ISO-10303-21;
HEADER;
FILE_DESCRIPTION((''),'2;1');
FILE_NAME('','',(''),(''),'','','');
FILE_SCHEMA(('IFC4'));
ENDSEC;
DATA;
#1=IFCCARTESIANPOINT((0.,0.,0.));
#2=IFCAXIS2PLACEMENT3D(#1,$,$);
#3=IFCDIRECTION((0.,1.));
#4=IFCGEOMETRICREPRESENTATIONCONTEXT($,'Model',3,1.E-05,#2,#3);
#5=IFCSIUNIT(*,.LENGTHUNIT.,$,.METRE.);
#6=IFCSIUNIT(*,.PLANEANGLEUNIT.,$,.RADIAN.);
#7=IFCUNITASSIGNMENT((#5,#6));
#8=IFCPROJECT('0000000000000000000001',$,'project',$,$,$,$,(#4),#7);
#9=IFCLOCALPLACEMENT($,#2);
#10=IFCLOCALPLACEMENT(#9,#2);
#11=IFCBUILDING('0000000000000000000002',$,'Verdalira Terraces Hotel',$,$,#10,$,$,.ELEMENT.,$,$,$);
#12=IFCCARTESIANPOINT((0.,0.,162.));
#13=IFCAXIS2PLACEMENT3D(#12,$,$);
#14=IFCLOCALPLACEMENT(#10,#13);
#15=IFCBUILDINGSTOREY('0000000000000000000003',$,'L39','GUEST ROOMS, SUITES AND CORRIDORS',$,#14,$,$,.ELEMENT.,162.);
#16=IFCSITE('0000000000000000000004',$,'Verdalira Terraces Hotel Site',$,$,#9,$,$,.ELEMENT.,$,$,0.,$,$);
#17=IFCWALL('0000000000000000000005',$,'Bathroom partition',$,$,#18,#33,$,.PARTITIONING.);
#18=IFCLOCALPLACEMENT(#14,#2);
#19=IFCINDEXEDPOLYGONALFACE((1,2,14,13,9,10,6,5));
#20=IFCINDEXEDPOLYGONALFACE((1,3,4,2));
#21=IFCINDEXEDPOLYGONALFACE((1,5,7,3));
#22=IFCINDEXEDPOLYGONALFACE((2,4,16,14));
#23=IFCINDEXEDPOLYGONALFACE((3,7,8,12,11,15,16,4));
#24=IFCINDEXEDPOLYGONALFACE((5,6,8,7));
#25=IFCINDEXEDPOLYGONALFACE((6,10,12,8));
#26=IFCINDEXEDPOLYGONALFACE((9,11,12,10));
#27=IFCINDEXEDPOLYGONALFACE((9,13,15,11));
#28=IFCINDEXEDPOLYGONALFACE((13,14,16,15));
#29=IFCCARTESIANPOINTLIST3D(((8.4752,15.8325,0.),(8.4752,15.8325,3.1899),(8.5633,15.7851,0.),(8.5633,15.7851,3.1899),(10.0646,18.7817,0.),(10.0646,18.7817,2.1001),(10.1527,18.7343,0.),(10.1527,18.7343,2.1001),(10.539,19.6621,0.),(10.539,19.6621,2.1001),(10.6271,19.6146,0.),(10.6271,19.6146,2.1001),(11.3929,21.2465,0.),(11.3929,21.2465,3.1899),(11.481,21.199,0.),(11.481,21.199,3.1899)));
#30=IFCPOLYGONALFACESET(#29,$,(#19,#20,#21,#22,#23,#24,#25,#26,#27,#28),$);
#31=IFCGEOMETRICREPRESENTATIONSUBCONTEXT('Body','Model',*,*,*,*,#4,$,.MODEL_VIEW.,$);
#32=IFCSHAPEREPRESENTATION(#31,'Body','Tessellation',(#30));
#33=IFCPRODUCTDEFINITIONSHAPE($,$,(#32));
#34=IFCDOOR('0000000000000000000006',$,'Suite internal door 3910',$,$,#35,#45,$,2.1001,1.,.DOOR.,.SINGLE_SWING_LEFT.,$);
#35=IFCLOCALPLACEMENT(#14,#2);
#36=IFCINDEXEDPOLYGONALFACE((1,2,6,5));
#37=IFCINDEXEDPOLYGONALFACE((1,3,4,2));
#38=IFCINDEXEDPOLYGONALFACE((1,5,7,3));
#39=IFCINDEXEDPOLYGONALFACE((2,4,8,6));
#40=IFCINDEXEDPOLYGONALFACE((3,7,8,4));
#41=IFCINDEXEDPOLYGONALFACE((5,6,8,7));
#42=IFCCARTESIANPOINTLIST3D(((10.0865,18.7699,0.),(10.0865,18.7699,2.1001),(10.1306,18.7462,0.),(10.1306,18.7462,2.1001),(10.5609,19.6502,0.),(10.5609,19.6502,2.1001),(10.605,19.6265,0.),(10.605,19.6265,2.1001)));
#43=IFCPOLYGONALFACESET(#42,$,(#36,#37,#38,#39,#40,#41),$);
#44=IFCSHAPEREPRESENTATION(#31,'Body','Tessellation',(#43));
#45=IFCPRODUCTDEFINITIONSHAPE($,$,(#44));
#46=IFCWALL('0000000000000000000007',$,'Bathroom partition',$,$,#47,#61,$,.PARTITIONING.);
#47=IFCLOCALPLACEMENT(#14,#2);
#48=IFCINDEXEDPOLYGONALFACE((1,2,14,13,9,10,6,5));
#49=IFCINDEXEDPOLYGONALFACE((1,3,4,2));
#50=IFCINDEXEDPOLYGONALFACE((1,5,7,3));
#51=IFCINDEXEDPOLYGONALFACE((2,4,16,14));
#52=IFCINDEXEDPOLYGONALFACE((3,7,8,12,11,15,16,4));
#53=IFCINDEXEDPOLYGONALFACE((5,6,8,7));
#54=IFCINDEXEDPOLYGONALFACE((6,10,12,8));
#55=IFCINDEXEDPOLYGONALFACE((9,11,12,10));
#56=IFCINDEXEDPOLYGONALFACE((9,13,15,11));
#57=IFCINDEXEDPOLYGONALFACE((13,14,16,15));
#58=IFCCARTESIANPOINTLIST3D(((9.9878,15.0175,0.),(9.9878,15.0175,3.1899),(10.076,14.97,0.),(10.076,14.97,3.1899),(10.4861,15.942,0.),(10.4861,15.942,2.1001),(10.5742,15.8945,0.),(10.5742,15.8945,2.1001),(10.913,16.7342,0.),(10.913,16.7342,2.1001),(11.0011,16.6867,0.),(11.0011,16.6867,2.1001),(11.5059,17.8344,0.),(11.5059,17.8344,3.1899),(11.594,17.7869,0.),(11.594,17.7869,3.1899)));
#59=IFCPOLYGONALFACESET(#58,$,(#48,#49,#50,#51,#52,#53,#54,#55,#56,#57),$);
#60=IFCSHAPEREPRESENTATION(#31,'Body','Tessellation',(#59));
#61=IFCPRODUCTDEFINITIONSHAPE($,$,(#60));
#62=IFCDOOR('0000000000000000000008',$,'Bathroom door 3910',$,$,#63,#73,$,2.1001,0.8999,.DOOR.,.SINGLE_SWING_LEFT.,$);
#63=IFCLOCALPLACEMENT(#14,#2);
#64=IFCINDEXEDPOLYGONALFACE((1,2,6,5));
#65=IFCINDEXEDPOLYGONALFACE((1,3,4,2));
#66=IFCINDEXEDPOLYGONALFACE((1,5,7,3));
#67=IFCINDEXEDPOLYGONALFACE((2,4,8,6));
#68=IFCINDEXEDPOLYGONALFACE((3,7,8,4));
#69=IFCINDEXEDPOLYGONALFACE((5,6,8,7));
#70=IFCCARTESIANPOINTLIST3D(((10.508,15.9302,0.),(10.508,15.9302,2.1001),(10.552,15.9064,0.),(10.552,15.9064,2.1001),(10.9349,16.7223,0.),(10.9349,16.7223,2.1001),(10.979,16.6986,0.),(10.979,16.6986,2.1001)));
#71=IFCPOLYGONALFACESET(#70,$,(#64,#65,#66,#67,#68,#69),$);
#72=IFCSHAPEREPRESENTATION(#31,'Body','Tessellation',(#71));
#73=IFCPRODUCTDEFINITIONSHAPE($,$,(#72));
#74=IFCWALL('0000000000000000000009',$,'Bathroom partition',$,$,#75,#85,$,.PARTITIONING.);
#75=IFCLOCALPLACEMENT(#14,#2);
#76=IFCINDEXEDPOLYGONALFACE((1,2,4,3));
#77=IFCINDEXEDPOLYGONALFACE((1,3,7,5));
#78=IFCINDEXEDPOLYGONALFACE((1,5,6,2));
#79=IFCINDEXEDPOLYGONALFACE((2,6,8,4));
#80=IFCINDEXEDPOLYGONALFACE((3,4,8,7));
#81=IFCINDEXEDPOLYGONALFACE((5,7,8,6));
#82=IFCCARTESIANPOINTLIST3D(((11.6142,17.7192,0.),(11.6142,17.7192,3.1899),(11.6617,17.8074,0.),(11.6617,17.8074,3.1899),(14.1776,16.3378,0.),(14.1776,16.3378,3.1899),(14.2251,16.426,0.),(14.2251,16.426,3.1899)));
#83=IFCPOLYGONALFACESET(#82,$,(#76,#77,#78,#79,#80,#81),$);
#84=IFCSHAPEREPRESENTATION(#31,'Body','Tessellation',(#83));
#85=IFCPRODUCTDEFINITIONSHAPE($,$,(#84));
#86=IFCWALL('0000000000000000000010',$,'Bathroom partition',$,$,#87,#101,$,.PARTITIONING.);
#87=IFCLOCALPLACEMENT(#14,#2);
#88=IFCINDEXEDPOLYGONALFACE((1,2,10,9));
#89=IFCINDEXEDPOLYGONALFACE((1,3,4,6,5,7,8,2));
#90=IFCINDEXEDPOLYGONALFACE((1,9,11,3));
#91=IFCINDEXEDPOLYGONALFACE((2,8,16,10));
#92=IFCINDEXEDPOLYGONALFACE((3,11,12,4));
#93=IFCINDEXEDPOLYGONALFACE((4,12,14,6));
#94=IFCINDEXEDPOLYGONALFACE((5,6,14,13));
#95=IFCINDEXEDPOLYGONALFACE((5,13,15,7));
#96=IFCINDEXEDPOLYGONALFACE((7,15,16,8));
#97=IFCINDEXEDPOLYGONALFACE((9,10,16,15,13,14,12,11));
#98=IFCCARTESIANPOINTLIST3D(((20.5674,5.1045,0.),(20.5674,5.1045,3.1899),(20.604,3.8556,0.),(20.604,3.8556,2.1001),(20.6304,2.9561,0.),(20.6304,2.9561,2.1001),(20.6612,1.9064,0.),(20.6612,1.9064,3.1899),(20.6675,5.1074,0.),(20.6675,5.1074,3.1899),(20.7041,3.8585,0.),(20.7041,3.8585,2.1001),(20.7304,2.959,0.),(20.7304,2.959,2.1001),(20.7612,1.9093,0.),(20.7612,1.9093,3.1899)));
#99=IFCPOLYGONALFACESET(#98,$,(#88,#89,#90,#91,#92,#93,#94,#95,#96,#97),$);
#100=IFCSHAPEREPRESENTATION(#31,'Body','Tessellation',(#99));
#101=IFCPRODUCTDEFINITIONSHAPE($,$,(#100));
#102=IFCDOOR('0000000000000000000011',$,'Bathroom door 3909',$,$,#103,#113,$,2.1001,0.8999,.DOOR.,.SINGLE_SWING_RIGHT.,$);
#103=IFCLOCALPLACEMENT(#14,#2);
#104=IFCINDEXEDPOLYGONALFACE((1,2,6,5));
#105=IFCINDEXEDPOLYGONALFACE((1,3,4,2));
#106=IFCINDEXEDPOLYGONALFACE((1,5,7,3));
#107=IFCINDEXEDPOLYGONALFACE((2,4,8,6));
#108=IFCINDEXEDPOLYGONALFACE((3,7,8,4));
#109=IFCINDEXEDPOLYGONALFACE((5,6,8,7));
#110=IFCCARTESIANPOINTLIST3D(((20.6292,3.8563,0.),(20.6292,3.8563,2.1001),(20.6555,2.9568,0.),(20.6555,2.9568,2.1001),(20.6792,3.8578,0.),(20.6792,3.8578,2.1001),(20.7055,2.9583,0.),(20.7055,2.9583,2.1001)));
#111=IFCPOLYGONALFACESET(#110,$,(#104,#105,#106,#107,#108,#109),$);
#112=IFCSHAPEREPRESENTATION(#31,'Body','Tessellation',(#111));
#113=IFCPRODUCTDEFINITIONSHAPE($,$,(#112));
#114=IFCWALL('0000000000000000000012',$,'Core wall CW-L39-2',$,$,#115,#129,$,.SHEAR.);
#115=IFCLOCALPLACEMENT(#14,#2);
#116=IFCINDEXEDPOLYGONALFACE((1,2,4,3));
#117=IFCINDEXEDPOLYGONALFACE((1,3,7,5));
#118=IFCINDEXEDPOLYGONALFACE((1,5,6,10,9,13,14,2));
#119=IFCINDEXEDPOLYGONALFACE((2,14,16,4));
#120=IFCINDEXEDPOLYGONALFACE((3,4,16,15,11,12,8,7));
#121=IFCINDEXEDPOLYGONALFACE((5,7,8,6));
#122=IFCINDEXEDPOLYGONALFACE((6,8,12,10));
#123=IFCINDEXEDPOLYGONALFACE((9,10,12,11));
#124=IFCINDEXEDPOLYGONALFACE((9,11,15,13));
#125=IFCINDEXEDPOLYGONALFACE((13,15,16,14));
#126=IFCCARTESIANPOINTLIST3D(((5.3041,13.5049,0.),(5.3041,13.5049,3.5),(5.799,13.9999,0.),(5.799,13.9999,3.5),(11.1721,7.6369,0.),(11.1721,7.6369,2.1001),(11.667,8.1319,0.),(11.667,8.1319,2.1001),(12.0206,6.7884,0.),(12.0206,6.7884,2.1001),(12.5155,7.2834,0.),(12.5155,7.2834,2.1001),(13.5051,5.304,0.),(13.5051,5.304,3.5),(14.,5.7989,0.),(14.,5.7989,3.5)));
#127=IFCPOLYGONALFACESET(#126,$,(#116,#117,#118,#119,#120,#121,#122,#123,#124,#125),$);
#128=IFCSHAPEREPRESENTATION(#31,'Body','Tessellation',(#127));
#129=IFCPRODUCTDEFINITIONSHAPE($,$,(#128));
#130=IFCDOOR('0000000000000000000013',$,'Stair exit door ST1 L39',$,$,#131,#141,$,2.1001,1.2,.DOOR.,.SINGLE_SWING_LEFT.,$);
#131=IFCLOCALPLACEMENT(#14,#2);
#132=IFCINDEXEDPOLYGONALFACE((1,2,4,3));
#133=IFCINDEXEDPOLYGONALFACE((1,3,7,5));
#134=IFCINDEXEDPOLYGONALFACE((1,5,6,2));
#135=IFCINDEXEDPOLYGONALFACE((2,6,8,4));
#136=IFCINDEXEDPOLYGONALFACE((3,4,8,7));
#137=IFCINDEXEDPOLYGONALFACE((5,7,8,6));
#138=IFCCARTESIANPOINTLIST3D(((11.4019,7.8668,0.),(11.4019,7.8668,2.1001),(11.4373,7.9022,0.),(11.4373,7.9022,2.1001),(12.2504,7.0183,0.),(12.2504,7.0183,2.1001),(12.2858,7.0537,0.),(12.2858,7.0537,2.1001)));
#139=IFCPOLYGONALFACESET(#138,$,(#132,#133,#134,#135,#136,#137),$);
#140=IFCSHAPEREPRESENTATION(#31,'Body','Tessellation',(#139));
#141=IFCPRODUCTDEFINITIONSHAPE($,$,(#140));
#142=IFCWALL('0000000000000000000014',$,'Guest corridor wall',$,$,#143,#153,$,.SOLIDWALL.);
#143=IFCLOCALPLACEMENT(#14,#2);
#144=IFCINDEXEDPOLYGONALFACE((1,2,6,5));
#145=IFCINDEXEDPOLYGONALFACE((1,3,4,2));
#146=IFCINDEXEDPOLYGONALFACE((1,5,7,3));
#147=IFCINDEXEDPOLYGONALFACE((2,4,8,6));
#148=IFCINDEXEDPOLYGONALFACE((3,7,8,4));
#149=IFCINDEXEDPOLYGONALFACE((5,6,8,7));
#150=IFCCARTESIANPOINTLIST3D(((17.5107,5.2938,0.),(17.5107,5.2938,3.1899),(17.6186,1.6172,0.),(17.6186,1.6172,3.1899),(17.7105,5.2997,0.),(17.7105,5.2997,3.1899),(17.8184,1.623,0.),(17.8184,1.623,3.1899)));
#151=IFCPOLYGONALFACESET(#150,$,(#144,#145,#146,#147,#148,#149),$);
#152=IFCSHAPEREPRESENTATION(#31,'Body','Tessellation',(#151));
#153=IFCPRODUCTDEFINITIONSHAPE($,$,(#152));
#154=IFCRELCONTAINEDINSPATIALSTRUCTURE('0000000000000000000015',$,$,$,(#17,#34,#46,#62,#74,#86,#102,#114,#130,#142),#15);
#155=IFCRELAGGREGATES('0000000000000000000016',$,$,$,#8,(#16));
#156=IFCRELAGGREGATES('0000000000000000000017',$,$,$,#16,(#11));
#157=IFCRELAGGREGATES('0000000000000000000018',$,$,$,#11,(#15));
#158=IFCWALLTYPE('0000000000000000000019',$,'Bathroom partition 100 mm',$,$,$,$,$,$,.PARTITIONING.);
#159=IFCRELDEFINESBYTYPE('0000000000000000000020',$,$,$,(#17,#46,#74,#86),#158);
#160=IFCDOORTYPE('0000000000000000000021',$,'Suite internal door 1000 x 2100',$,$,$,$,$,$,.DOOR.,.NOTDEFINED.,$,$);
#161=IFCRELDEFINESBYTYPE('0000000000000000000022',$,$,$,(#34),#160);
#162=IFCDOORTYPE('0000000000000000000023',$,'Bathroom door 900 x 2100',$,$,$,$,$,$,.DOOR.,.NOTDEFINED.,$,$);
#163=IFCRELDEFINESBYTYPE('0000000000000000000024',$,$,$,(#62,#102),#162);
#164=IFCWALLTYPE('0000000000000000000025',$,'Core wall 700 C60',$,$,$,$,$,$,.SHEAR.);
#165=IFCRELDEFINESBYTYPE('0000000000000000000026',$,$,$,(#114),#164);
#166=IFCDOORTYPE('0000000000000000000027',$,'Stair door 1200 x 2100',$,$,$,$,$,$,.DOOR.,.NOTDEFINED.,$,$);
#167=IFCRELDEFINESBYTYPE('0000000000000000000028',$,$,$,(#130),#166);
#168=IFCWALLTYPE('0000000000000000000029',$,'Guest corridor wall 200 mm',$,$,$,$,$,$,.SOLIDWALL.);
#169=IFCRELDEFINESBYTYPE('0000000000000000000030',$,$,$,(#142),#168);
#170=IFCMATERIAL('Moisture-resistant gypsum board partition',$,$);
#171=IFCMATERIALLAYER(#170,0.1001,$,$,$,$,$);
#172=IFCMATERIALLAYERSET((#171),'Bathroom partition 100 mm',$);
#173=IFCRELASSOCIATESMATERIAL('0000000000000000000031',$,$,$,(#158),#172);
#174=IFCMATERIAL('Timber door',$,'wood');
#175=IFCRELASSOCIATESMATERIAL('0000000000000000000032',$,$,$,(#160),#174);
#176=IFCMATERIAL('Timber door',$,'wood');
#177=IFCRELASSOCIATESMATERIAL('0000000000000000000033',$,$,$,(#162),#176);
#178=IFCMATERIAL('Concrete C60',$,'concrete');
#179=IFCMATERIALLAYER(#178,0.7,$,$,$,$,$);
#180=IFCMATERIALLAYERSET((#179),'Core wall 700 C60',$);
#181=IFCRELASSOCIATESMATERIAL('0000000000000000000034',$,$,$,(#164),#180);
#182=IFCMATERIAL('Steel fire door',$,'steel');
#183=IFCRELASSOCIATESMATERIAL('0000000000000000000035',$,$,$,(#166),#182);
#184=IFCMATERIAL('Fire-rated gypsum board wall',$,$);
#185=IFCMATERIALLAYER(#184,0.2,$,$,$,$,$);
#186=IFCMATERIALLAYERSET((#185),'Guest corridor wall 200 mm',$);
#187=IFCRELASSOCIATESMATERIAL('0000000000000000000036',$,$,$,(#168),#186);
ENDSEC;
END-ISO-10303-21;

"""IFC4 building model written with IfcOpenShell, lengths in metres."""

from ifc_helpers import new_model, si_unit, direction, frame, frame_2d, origin, place, context, subcontext, project, spatial, rectangle, extrude, material, layer, layer_set, type_object, element, fill, save


model = new_model("IFC4")

# Units and contexts
model_context = context("Model", 3, precision=1e-05, world=origin(), true_north=direction((0.0, 1.0)))
body_context = subcontext(model_context, "Body", "Model", "MODEL_VIEW")
ifc_project = project(units=[si_unit("LENGTHUNIT", "METRE"), si_unit("PLANEANGLEUNIT", "RADIAN")], contexts=[model_context])

# Site, building, storey
site_placement = place(None, origin())
site = spatial("IfcSite", under=ifc_project, at=site_placement, Name="Verdalira Terraces Hotel Site", CompositionType="ELEMENT", RefElevation=0.0)
building_placement = place(site_placement, origin())
building = spatial("IfcBuilding", under=site, at=building_placement, Name="Verdalira Terraces Hotel", CompositionType="ELEMENT")
storey_placement = place(building_placement, frame((0.0, 0.0, 162.0)))
storey = spatial("IfcBuildingStorey", under=building, at=storey_placement, Name="L39", Description="GUEST ROOMS, SUITES AND CORRIDORS", CompositionType="ELEMENT", Elevation=162.0)

# Walls, openings, doors
ifc_material_1 = material(Name="Moisture-resistant gypsum board partition")
ifc_layer_1 = layer(ifc_material_1, 0.1001)
ifc_layer_set_1 = layer_set([ifc_layer_1], Name="Bathroom partition 100 mm")
wall_type_1 = type_object("IfcWallType", Name="Bathroom partition 100 mm", PredefinedType="PARTITIONING", material=ifc_layer_set_1)
wall_1_placement = place(storey_placement, frame((11.437, 21.2229, 0.0), z_axis=(0.0, 0.0, 1.0), x_axis=(-0.47441, -0.880304, 0.0)))
wall_1 = element("IfcWall", 1, at=wall_1_placement, inside=storey, type_object=wall_type_1, Name="Bathroom partition", PredefinedType="PARTITIONING", context=body_context, shape_type="SweptSolid", body=[
    extrude(rectangle(XDim=6.1501, YDim=0.1001, at=frame_2d((3.0752, 0.0))), origin(), (0.0, 0.0, 1.0), 3.1899),
])
opening_1_placement = place(wall_1_placement, frame((1.8, 0.0, 0.0)))
opening_1 = element("IfcOpeningElement", 2, at=opening_1_placement, cuts=wall_1, PredefinedType="OPENING", context=body_context, shape_type="SweptSolid", body=[
    extrude(rectangle(XDim=1.0, YDim=2.1001, at=frame_2d((0.5, 1.05))), frame((0.0, 0.0601, 0.0), z_axis=(0.0, -1.0, 0.0), x_axis=(1.0, 0.0, 0.0)), (0.0, 0.0, 1.0), 0.1201),
])
ifc_material_2 = material(Name="Timber door", Category="wood")
door_type_1 = type_object("IfcDoorType", Name="Suite internal door 1000 x 2100", OperationType="NOTDEFINED", PredefinedType="DOOR", material=ifc_material_2)
door_1_placement = place(opening_1_placement, origin())
door_1 = element("IfcDoor", 3, at=door_1_placement, inside=storey, type_object=door_type_1, Name="Suite internal door 3910", OperationType="SINGLE_SWING_LEFT", OverallHeight=2.1001, OverallWidth=1.0, PredefinedType="DOOR", context=body_context, shape_type="SweptSolid", body=[
    extrude(rectangle(XDim=1.0, YDim=2.1001, at=frame_2d((0.5, 1.05))), frame((0.0, 0.0249, 0.0), z_axis=(0.0, -1.0, 0.0), x_axis=(1.0, 0.0, 0.0)), (0.0, 0.0, 1.0), 0.05),
])
fill(opening_1, door_1)
wall_2_placement = place(storey_placement, frame((11.55, 17.8108, 0.0), z_axis=(0.0, 0.0, 1.0), x_axis=(-0.474409, -0.880304, 0.0)))
wall_2 = element("IfcWall", 4, at=wall_2_placement, inside=storey, type_object=wall_type_1, Name="Bathroom partition", PredefinedType="PARTITIONING", context=body_context, shape_type="SweptSolid", body=[
    extrude(rectangle(XDim=3.2, YDim=0.1001, at=frame_2d((1.6001, 0.0))), origin(), (0.0, 0.0, 1.0), 3.1899),
])
opening_2_placement = place(wall_2_placement, frame((1.25, 0.0, 0.0)))
opening_2 = element("IfcOpeningElement", 5, at=opening_2_placement, cuts=wall_2, PredefinedType="OPENING", context=body_context, shape_type="SweptSolid", body=[
    extrude(rectangle(XDim=0.8999, YDim=2.1001, at=frame_2d((0.45, 1.05))), frame((0.0, 0.0601, 0.0), z_axis=(0.0, -1.0, 0.0), x_axis=(1.0, 0.0, 0.0)), (0.0, 0.0, 1.0), 0.1201),
])
ifc_material_3 = material(Name="Timber door", Category="wood")
door_type_2 = type_object("IfcDoorType", Name="Bathroom door 900 x 2100", OperationType="NOTDEFINED", PredefinedType="DOOR", material=ifc_material_3)
door_2_placement = place(opening_2_placement, origin())
door_2 = element("IfcDoor", 6, at=door_2_placement, inside=storey, type_object=door_type_2, Name="Bathroom door 3910", OperationType="SINGLE_SWING_LEFT", OverallHeight=2.1001, OverallWidth=0.8999, PredefinedType="DOOR", context=body_context, shape_type="SweptSolid", body=[
    extrude(rectangle(XDim=0.8999, YDim=2.1001, at=frame_2d((0.45, 1.05))), frame((0.0, 0.0249, 0.0), z_axis=(0.0, -1.0, 0.0), x_axis=(1.0, 0.0, 0.0)), (0.0, 0.0, 1.0), 0.05),
])
fill(opening_2, door_2)

# Wall
wall_3_placement = place(storey_placement, frame((14.2014, 16.3818, 0.0), z_axis=(0.0, 0.0, 1.0), x_axis=(-0.880307, 0.474405, 0.0)))
element("IfcWall", 7, at=wall_3_placement, inside=storey, type_object=wall_type_1, Name="Bathroom partition", PredefinedType="PARTITIONING", context=body_context, shape_type="SweptSolid", body=[
    extrude(rectangle(XDim=2.9119, YDim=0.1001, at=frame_2d((1.4561, 0.0))), origin(), (0.0, 0.0, 1.0), 3.1899),
])

# Walls, openings, doors
wall_4_placement = place(storey_placement, frame((20.7112, 1.908, 0.0), z_axis=(0.0, 0.0, 1.0), x_axis=(-0.029303, 0.999571, 0.0)))
wall_4 = element("IfcWall", 8, at=wall_4_placement, inside=storey, type_object=wall_type_1, Name="Bathroom partition", PredefinedType="PARTITIONING", context=body_context, shape_type="SweptSolid", body=[
    extrude(rectangle(XDim=3.1995, YDim=0.1001, at=frame_2d((1.5996, 0.0))), origin(), (0.0, 0.0, 1.0), 3.1899),
])
opening_3_placement = place(wall_4_placement, frame((1.05, 0.0, 0.0)))
opening_3 = element("IfcOpeningElement", 9, at=opening_3_placement, cuts=wall_4, PredefinedType="OPENING", context=body_context, shape_type="SweptSolid", body=[
    extrude(rectangle(XDim=0.8999, YDim=2.1001, at=frame_2d((0.45, 1.05))), frame((0.0, 0.0601, 0.0), z_axis=(0.0, -1.0, 0.0), x_axis=(1.0, 0.0, 0.0)), (0.0, 0.0, 1.0), 0.1201),
])
door_3_placement = place(opening_3_placement, origin())
door_3 = element("IfcDoor", 10, at=door_3_placement, inside=storey, type_object=door_type_2, Name="Bathroom door 3909", OperationType="SINGLE_SWING_RIGHT", OverallHeight=2.1001, OverallWidth=0.8999, PredefinedType="DOOR", context=body_context, shape_type="SweptSolid", body=[
    extrude(rectangle(XDim=0.8999, YDim=2.1001, at=frame_2d((0.45, 1.05))), frame((0.0, 0.0249, 0.0), z_axis=(0.0, -1.0, 0.0), x_axis=(1.0, 0.0, 0.0)), (0.0, 0.0, 1.0), 0.05),
])
fill(opening_3, door_3)
ifc_material_4 = material(Name="Concrete C60", Category="concrete")
ifc_layer_2 = layer(ifc_material_4, 0.7)
ifc_layer_set_2 = layer_set([ifc_layer_2], Name="Core wall 700 C60")
wall_type_2 = type_object("IfcWallType", Name="Core wall 700 C60", PredefinedType="SHEAR", material=ifc_layer_set_2)
wall_5_placement = place(storey_placement, frame((13.7524, 5.5515, 0.0), z_axis=(0.0, 0.0, 1.0), x_axis=(-0.707107, 0.707107, 0.0)))
wall_5 = element("IfcWall", 11, at=wall_5_placement, inside=storey, type_object=wall_type_2, Name="Core wall CW-L39-2", PredefinedType="SHEAR", context=body_context, shape_type="SweptSolid", body=[
    extrude(rectangle(XDim=11.5979, YDim=0.7, at=frame_2d((5.7988, 0.0))), origin(), (0.0, 0.0, 1.0), 3.5),
])
opening_4_placement = place(wall_5_placement, frame((2.0991, 0.0, 0.0)))
opening_4 = element("IfcOpeningElement", 12, at=opening_4_placement, cuts=wall_5, PredefinedType="OPENING", context=body_context, shape_type="SweptSolid", body=[
    extrude(rectangle(XDim=1.2, YDim=2.1001, at=frame_2d((0.6001, 1.05))), frame((0.0, 0.3599, 0.0), z_axis=(0.0, -1.0, 0.0), x_axis=(1.0, 0.0, 0.0)), (0.0, 0.0, 1.0), 0.72),
])
ifc_material_5 = material(Name="Steel fire door", Category="steel")
door_type_3 = type_object("IfcDoorType", Name="Stair door 1200 x 2100", OperationType="NOTDEFINED", PredefinedType="DOOR", material=ifc_material_5)
door_4_placement = place(opening_4_placement, origin())
door_4 = element("IfcDoor", 13, at=door_4_placement, inside=storey, type_object=door_type_3, Name="Stair exit door ST1 L39", OperationType="SINGLE_SWING_LEFT", OverallHeight=2.1001, OverallWidth=1.2, PredefinedType="DOOR", context=body_context, shape_type="SweptSolid", body=[
    extrude(rectangle(XDim=1.2, YDim=2.1001, at=frame_2d((0.6001, 1.05))), frame((0.0, 0.0249, 0.0), z_axis=(0.0, -1.0, 0.0), x_axis=(1.0, 0.0, 0.0)), (0.0, 0.0, 1.0), 0.05),
])
fill(opening_4, door_4)

# Wall
ifc_material_6 = material(Name="Fire-rated gypsum board wall")
ifc_layer_3 = layer(ifc_material_6, 0.2)
ifc_layer_set_3 = layer_set([ifc_layer_3], Name="Guest corridor wall 200 mm")
wall_type_3 = type_object("IfcWallType", Name="Guest corridor wall 200 mm", PredefinedType="SOLIDWALL", material=ifc_layer_set_3)
wall_6_placement = place(storey_placement, frame((17.7185, 1.6201, 0.0), z_axis=(0.0, 0.0, 1.0), x_axis=(-0.029337, 0.99957, 0.0)))
element("IfcWall", 14, at=wall_6_placement, inside=storey, type_object=wall_type_3, Name="Guest corridor wall", PredefinedType="SOLIDWALL", context=body_context, shape_type="SweptSolid", body=[
    extrude(rectangle(XDim=3.6782, YDim=0.2, at=frame_2d((1.8391, 0.0))), origin(), (0.0, 0.0, 1.0), 3.1899),
])

save(model, "model.ifc")
